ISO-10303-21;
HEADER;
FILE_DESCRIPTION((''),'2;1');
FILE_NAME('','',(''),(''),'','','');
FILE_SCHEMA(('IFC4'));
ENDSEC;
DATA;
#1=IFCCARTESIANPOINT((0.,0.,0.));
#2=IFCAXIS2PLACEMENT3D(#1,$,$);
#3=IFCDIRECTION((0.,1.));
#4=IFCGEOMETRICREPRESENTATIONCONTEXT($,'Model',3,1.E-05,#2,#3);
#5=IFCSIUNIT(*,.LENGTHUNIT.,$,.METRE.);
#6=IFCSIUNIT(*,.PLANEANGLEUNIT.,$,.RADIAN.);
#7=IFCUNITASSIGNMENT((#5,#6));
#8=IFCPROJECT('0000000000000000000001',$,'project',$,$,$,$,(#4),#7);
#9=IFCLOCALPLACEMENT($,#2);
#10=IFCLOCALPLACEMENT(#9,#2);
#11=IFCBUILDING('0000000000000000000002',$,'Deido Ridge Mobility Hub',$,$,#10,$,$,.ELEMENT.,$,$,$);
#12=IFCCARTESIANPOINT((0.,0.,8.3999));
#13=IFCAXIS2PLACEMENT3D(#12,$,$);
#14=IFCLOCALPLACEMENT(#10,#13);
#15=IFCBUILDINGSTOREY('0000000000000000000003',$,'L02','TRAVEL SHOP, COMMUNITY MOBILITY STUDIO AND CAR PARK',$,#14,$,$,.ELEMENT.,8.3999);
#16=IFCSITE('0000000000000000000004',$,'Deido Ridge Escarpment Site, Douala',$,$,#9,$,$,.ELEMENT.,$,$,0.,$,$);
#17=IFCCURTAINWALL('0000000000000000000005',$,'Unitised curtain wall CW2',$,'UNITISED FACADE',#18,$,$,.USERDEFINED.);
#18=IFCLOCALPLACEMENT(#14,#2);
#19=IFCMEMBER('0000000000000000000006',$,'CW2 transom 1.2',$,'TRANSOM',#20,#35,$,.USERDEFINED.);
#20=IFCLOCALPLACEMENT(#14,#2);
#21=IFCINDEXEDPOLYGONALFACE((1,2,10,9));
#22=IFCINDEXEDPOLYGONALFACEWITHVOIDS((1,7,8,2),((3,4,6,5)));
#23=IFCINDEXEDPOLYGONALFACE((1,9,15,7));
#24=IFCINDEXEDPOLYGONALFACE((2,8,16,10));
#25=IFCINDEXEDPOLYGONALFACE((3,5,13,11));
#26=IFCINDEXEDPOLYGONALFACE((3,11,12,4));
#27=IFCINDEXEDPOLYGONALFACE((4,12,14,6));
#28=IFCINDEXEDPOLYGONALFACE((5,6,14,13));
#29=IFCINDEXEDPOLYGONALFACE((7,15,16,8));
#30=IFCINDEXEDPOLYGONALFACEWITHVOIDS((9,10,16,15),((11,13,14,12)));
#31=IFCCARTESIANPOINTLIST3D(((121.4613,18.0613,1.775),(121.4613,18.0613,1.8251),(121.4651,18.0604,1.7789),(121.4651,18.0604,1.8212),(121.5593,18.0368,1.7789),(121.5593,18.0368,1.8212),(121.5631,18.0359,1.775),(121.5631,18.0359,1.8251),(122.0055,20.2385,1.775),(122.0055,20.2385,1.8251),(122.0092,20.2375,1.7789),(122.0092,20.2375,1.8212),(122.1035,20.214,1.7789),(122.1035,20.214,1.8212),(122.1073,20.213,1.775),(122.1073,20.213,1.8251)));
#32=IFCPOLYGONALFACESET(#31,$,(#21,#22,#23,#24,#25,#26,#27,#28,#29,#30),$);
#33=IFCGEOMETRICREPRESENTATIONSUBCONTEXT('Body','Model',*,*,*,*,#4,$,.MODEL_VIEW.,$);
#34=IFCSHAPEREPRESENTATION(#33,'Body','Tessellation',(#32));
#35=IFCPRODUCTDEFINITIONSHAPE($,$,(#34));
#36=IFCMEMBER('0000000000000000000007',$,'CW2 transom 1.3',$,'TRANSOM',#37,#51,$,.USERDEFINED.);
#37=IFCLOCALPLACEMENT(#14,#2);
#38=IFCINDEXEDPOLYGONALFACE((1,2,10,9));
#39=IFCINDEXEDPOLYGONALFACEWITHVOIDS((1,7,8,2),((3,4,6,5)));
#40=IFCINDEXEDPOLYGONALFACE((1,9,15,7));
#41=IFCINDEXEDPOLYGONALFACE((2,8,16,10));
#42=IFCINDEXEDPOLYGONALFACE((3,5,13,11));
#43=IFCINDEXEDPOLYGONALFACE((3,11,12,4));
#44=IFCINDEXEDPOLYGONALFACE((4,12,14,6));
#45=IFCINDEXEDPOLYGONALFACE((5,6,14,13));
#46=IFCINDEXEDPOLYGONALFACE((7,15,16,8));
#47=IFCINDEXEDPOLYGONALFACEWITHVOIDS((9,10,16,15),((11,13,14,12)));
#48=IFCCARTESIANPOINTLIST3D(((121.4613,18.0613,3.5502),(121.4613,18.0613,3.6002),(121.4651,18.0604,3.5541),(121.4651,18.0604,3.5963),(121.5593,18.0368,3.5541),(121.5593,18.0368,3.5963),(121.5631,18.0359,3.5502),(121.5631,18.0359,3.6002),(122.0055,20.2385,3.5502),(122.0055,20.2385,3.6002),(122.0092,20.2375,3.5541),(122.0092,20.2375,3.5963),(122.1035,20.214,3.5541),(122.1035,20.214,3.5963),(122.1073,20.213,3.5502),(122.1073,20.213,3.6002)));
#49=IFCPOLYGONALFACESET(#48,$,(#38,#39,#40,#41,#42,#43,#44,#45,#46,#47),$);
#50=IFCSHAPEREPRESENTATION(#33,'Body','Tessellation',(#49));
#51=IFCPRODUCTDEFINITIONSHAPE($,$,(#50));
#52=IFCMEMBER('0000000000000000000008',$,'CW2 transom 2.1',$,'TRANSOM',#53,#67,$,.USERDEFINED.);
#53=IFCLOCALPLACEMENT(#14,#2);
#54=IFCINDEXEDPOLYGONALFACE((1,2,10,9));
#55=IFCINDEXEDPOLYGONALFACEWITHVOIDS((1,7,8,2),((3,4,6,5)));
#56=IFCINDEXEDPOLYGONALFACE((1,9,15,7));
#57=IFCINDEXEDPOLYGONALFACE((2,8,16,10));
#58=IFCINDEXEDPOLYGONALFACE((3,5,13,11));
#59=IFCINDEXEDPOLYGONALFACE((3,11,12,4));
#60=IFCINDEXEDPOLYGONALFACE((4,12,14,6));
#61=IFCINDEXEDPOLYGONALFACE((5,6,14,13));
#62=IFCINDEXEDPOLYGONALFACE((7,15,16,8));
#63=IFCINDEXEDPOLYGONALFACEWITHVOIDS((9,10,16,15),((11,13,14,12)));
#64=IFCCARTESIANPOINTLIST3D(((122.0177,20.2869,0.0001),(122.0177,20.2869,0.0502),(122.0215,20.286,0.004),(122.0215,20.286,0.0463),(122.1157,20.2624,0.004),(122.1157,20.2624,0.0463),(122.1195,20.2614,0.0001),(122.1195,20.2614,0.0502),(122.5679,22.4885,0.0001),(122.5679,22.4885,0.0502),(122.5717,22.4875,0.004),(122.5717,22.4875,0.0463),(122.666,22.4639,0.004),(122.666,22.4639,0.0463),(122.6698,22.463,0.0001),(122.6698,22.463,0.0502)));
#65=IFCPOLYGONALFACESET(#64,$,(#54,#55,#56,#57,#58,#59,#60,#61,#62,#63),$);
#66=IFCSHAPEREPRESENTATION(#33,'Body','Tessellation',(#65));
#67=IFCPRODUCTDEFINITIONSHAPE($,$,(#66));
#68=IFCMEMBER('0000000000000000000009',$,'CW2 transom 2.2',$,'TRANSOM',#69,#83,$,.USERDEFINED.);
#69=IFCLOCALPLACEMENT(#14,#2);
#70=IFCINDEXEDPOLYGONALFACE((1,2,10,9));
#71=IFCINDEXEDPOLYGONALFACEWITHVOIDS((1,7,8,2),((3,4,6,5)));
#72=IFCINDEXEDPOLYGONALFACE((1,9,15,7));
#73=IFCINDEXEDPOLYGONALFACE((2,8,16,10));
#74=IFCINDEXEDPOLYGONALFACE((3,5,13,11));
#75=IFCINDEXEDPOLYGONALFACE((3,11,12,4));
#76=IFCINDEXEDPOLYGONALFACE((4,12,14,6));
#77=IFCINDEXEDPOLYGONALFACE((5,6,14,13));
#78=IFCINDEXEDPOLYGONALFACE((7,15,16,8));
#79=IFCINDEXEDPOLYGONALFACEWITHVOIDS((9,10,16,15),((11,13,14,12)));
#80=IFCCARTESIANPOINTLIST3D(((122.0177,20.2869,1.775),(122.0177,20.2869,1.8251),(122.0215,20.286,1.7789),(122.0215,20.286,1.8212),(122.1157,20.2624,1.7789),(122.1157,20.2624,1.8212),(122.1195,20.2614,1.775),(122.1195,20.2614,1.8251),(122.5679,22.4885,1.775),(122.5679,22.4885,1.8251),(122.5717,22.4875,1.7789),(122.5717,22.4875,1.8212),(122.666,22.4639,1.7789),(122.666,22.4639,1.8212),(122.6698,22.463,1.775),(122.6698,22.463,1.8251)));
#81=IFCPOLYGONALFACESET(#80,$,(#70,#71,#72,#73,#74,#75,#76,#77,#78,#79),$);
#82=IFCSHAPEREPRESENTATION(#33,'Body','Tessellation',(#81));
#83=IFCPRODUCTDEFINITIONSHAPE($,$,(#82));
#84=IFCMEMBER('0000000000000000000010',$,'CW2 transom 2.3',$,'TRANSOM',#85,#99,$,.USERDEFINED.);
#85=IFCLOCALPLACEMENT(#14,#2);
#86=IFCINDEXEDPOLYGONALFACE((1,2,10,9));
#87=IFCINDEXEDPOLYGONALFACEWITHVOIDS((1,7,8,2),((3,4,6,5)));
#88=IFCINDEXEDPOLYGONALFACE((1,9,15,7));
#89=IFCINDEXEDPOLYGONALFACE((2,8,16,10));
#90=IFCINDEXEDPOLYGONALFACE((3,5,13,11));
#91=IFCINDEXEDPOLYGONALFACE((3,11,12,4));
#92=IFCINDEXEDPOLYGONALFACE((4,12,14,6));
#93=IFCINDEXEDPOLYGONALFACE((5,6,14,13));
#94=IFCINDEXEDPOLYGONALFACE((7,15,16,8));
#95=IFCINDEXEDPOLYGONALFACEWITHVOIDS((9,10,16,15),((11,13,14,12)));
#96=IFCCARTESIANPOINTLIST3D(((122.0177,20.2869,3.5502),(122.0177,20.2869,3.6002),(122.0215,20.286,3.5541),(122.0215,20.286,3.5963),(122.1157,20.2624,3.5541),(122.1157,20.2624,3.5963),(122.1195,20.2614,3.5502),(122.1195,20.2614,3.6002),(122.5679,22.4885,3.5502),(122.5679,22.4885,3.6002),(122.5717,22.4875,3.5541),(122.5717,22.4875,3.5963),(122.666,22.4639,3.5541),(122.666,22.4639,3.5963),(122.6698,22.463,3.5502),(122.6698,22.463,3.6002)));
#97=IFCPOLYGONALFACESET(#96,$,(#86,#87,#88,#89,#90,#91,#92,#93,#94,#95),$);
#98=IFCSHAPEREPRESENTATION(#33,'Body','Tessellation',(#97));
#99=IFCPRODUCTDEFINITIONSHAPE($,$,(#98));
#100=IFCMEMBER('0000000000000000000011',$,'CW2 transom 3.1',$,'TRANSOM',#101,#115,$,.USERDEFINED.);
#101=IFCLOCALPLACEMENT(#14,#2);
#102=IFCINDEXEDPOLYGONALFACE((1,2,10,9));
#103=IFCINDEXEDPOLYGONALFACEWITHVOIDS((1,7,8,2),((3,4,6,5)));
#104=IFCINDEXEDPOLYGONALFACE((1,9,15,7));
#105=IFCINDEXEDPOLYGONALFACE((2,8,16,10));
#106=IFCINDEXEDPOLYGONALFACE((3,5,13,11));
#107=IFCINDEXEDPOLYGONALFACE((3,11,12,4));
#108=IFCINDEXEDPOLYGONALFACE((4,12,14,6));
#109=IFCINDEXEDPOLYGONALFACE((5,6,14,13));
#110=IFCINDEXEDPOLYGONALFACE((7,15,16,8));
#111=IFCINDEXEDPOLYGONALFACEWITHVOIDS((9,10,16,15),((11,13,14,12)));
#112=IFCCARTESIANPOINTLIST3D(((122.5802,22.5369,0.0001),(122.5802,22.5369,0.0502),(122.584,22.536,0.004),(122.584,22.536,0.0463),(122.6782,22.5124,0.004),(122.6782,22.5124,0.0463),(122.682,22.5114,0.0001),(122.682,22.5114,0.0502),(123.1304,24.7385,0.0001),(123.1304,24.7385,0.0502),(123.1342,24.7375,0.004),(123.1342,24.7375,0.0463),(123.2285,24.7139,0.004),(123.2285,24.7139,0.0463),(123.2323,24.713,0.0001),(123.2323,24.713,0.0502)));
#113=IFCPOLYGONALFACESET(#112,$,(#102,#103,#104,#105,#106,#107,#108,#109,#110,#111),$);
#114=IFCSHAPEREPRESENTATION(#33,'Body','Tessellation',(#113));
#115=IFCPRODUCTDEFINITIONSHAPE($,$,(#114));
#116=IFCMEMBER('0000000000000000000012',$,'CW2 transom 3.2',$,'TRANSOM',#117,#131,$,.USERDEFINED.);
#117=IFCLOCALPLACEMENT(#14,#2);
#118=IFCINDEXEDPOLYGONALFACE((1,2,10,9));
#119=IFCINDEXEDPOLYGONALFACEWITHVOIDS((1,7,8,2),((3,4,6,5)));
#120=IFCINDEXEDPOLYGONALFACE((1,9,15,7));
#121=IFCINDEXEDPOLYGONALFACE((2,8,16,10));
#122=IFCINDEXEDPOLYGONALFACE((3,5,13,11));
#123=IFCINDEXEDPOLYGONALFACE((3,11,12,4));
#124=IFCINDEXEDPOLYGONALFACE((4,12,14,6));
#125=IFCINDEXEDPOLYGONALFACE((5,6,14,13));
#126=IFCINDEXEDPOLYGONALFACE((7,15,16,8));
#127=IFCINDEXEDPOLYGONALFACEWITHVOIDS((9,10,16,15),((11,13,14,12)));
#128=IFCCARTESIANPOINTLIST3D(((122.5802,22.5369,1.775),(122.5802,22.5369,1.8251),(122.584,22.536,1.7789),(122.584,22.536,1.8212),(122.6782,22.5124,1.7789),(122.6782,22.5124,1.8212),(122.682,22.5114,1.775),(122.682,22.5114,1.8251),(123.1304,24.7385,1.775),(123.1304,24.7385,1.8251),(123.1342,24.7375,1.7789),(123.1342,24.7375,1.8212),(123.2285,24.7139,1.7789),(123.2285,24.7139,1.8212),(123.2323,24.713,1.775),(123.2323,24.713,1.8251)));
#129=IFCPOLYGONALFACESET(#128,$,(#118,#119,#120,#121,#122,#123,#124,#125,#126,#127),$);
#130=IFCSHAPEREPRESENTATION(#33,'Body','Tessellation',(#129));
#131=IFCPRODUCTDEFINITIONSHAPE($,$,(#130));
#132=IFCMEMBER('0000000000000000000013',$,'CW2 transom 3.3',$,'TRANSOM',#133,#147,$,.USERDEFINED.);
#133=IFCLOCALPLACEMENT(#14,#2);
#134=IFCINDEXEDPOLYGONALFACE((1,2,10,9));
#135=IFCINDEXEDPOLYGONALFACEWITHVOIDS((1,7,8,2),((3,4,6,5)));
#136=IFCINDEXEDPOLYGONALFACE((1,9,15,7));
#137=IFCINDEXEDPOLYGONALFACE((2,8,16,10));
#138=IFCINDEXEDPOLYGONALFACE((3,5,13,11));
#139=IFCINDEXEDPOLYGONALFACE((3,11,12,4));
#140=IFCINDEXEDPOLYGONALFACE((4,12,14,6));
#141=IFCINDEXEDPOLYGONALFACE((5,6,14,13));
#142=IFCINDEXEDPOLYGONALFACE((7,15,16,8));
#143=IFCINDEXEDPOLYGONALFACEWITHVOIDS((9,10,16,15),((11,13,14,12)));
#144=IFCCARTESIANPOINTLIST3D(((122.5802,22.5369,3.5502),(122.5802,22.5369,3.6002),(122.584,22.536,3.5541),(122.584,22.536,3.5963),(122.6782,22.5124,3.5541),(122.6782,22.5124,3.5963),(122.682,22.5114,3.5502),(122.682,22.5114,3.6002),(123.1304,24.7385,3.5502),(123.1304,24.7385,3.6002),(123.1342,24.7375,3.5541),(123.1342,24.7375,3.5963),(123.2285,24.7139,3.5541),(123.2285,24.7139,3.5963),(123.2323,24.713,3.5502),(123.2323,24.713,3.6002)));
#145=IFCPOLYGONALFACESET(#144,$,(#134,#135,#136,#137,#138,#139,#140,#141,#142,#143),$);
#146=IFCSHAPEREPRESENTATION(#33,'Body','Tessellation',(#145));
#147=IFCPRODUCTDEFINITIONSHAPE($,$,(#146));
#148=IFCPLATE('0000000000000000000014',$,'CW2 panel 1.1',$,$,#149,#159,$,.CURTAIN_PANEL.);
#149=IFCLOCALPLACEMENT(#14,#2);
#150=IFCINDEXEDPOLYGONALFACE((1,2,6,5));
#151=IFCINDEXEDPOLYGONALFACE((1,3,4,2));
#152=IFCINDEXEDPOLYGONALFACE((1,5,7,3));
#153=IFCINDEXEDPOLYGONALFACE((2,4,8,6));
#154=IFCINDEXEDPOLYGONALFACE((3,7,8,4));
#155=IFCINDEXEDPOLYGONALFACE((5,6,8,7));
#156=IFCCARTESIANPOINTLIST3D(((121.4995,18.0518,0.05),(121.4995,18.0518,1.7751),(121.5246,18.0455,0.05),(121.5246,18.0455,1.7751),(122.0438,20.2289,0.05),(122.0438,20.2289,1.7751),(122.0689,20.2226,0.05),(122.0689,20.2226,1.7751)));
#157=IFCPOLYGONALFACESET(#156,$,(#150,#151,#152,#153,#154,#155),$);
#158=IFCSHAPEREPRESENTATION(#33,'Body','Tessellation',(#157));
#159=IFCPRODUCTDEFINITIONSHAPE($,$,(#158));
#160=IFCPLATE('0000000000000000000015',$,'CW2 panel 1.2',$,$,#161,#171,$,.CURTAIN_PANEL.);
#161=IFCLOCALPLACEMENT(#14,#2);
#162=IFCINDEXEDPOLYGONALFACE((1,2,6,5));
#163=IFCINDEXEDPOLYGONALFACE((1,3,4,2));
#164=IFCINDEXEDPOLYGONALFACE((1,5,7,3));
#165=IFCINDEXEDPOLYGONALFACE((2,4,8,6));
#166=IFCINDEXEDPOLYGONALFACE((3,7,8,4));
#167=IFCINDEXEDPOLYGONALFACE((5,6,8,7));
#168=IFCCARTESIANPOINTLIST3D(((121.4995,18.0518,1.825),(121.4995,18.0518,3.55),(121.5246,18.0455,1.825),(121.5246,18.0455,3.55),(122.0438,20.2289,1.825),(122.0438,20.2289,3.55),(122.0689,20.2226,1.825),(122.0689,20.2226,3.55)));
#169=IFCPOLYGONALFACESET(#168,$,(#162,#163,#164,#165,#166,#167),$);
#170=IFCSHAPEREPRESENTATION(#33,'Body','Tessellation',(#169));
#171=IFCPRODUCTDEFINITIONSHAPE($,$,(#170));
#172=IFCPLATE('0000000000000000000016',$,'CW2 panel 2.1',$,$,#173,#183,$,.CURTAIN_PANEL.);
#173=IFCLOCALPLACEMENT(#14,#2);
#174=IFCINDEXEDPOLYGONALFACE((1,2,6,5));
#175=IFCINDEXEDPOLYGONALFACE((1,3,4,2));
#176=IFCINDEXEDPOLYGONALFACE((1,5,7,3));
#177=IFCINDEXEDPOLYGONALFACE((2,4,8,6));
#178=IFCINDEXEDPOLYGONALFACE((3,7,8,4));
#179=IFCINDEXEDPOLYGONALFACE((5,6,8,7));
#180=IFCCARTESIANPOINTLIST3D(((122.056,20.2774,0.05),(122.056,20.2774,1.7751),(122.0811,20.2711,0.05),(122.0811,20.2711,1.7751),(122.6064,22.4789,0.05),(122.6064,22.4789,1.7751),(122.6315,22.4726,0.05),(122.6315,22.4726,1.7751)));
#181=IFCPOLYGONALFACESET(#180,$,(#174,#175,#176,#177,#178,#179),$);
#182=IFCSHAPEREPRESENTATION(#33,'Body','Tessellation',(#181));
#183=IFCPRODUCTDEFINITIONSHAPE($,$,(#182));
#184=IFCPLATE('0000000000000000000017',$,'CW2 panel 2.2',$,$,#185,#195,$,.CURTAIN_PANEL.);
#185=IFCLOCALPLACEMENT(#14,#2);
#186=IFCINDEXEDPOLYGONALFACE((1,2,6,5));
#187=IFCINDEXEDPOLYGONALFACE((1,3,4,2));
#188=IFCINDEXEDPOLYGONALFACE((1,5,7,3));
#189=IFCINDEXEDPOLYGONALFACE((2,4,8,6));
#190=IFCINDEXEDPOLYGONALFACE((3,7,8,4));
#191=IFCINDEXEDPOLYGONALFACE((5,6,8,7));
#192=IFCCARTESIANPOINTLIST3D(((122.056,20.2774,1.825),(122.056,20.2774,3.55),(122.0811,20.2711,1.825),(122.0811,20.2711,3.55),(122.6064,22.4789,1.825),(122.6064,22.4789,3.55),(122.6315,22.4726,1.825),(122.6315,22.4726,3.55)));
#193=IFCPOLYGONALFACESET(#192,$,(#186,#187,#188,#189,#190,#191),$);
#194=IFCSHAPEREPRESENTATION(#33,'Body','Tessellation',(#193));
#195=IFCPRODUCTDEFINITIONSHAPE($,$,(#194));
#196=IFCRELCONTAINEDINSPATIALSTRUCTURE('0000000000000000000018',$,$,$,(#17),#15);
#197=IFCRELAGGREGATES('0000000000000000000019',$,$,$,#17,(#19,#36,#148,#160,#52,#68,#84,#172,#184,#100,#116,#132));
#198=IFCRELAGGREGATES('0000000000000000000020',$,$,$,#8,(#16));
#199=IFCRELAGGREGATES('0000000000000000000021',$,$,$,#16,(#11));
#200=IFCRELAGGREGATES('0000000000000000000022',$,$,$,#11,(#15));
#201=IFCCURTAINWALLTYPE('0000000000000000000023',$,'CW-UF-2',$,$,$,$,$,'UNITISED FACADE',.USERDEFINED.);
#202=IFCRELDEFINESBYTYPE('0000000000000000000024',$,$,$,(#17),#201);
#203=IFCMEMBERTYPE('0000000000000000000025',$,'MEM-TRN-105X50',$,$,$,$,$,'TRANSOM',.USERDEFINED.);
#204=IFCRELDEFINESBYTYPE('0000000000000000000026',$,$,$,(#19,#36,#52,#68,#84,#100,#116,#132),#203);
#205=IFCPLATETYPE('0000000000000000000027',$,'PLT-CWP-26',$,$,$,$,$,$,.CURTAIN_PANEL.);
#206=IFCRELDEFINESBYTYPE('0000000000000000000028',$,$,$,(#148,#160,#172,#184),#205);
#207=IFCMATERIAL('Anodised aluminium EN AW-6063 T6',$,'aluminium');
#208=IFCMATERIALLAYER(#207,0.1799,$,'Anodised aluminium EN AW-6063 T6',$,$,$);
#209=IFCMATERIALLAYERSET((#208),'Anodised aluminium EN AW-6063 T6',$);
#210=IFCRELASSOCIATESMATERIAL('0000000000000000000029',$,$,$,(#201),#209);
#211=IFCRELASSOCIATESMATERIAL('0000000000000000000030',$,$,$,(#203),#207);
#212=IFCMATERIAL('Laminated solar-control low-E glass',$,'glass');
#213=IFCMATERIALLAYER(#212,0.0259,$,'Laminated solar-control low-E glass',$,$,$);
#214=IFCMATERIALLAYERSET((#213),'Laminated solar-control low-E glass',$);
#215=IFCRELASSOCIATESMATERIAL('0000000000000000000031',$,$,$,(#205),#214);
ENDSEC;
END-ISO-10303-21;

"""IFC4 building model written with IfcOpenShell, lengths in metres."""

from ifc_helpers import new_model, si_unit, direction, frame, origin, origin_2d, place, context, subcontext, project, spatial, rectangle, hollow_rectangle, extrude, material, layer, layer_set, material_profile, profile_set, type_object, element, aggregate, save


model = new_model("IFC4")

# Units and contexts
model_context = context("Model", 3, precision=1e-05, world=origin(), true_north=direction((0.0, 1.0)))
body_context = subcontext(model_context, "Body", "Model", "MODEL_VIEW")
ifc_project = project(units=[si_unit("LENGTHUNIT", "METRE"), si_unit("PLANEANGLEUNIT", "RADIAN")], contexts=[model_context])

# Site, building, storey
site_placement = place(None, origin())
site = spatial("IfcSite", under=ifc_project, at=site_placement, Name="Deido Ridge Escarpment Site, Douala", CompositionType="ELEMENT", RefElevation=0.0)
building_placement = place(site_placement, origin())
building = spatial("IfcBuilding", under=site, at=building_placement, Name="Deido Ridge Mobility Hub", CompositionType="ELEMENT")
storey_placement = place(building_placement, frame((0.0, 0.0, 8.3999)))
storey = spatial("IfcBuildingStorey", under=building, at=storey_placement, Name="L02", Description="TRAVEL SHOP, COMMUNITY MOBILITY STUDIO AND CAR PARK", CompositionType="ELEMENT", Elevation=8.3999)

# Curtain wall, members, plates
ifc_material_1 = material(Name="Anodised aluminium EN AW-6063 T6", Category="aluminium")
ifc_layer_1 = layer(ifc_material_1, 0.1799, Name="Anodised aluminium EN AW-6063 T6")
ifc_layer_set_1 = layer_set([ifc_layer_1], Name="Anodised aluminium EN AW-6063 T6")
curtain_wall_type = type_object("IfcCurtainWallType", Name="CW-UF-2", ElementType="UNITISED FACADE", PredefinedType="USERDEFINED", material=ifc_layer_set_1)
curtain_wall_placement = place(storey_placement, origin())
curtain_wall = element("IfcCurtainWall", 1, at=curtain_wall_placement, inside=storey, type_object=curtain_wall_type, Name="Unitised curtain wall CW2", ObjectType="UNITISED FACADE", PredefinedType="USERDEFINED")
ifc_material_profile_1 = material_profile(ifc_material_1, hollow_rectangle(XDim=0.105, YDim=0.05, WallThickness=0.0039, at=origin_2d()), Name="RHS 105x50x4")
ifc_profile_set_1 = profile_set([ifc_material_profile_1], Name="Anodised aluminium EN AW-6063 T6")
member_type_1 = type_object("IfcMemberType", Name="MEM-TRN-105X50", ElementType="TRANSOM", PredefinedType="USERDEFINED", material=ifc_profile_set_1)
member_1_placement = place(storey_placement, frame((121.5122, 18.0486, 1.8), z_axis=(0.242484, 0.970155, 0.0), x_axis=(-0.970155, 0.242484, 0.0)))
member_1 = element("IfcMember", 2, at=member_1_placement, type_object=member_type_1, Name="CW2 transom 1.2", ObjectType="TRANSOM", PredefinedType="USERDEFINED", context=body_context, shape_type="SweptSolid", body=[
    extrude(hollow_rectangle(XDim=0.105, YDim=0.05, WallThickness=0.0039, at=origin_2d()), origin(), (0.0, 0.0, 1.0), 2.2441),
])
member_2_placement = place(storey_placement, frame((121.5122, 18.0486, 3.5752), z_axis=(0.242484, 0.970155, 0.0), x_axis=(-0.970155, 0.242484, 0.0)))
member_2 = element("IfcMember", 3, at=member_2_placement, type_object=member_type_1, Name="CW2 transom 1.3", ObjectType="TRANSOM", PredefinedType="USERDEFINED", context=body_context, shape_type="SweptSolid", body=[
    extrude(hollow_rectangle(XDim=0.105, YDim=0.05, WallThickness=0.0039, at=origin_2d()), origin(), (0.0, 0.0, 1.0), 2.2441),
])
member_3_placement = place(storey_placement, frame((122.0686, 20.2742, 0.0251), z_axis=(0.242485, 0.970155, 0.0), x_axis=(-0.970155, 0.242485, 0.0)))
member_3 = element("IfcMember", 4, at=member_3_placement, type_object=member_type_1, Name="CW2 transom 2.1", ObjectType="TRANSOM", PredefinedType="USERDEFINED", context=body_context, shape_type="SweptSolid", body=[
    extrude(hollow_rectangle(XDim=0.105, YDim=0.05, WallThickness=0.0039, at=origin_2d()), origin(), (0.0, 0.0, 1.0), 2.2693),
])
member_4_placement = place(storey_placement, frame((122.0686, 20.2742, 1.8), z_axis=(0.242485, 0.970155, 0.0), x_axis=(-0.970155, 0.242485, 0.0)))
member_4 = element("IfcMember", 5, at=member_4_placement, type_object=member_type_1, Name="CW2 transom 2.2", ObjectType="TRANSOM", PredefinedType="USERDEFINED", context=body_context, shape_type="SweptSolid", body=[
    extrude(hollow_rectangle(XDim=0.105, YDim=0.05, WallThickness=0.0039, at=origin_2d()), origin(), (0.0, 0.0, 1.0), 2.2693),
])
member_5_placement = place(storey_placement, frame((122.0686, 20.2742, 3.5752), z_axis=(0.242485, 0.970155, 0.0), x_axis=(-0.970155, 0.242485, 0.0)))
member_5 = element("IfcMember", 6, at=member_5_placement, type_object=member_type_1, Name="CW2 transom 2.3", ObjectType="TRANSOM", PredefinedType="USERDEFINED", context=body_context, shape_type="SweptSolid", body=[
    extrude(hollow_rectangle(XDim=0.105, YDim=0.05, WallThickness=0.0039, at=origin_2d()), origin(), (0.0, 0.0, 1.0), 2.2693),
])
member_6_placement = place(storey_placement, frame((122.6311, 22.5242, 0.0251), z_axis=(0.242485, 0.970155, 0.0), x_axis=(-0.970155, 0.242485, 0.0)))
member_6 = element("IfcMember", 7, at=member_6_placement, type_object=member_type_1, Name="CW2 transom 3.1", ObjectType="TRANSOM", PredefinedType="USERDEFINED", context=body_context, shape_type="SweptSolid", body=[
    extrude(hollow_rectangle(XDim=0.105, YDim=0.05, WallThickness=0.0039, at=origin_2d()), origin(), (0.0, 0.0, 1.0), 2.2693),
])
member_7_placement = place(storey_placement, frame((122.6311, 22.5242, 1.8), z_axis=(0.242485, 0.970155, 0.0), x_axis=(-0.970155, 0.242485, 0.0)))
member_7 = element("IfcMember", 8, at=member_7_placement, type_object=member_type_1, Name="CW2 transom 3.2", ObjectType="TRANSOM", PredefinedType="USERDEFINED", context=body_context, shape_type="SweptSolid", body=[
    extrude(hollow_rectangle(XDim=0.105, YDim=0.05, WallThickness=0.0039, at=origin_2d()), origin(), (0.0, 0.0, 1.0), 2.2693),
])
member_8_placement = place(storey_placement, frame((122.6311, 22.5242, 3.5752), z_axis=(0.242485, 0.970155, 0.0), x_axis=(-0.970155, 0.242485, 0.0)))
member_8 = element("IfcMember", 9, at=member_8_placement, type_object=member_type_1, Name="CW2 transom 3.3", ObjectType="TRANSOM", PredefinedType="USERDEFINED", context=body_context, shape_type="SweptSolid", body=[
    extrude(hollow_rectangle(XDim=0.105, YDim=0.05, WallThickness=0.0039, at=origin_2d()), origin(), (0.0, 0.0, 1.0), 2.2693),
])
ifc_material_2 = material(Name="Laminated solar-control low-E glass", Category="glass")
ifc_layer_2 = layer(ifc_material_2, 0.0259, Name="Laminated solar-control low-E glass")
ifc_layer_set_2 = layer_set([ifc_layer_2], Name="Laminated solar-control low-E glass")
plate_type = type_object("IfcPlateType", Name="PLT-CWP-26", PredefinedType="CURTAIN_PANEL", material=ifc_layer_set_2)
plate_1_placement = place(storey_placement, frame((121.7842, 19.1372, 0.05), z_axis=(0.0, 0.0, 1.0), x_axis=(0.242536, 0.970143, 0.0)))
plate_1 = element("IfcPlate", 10, at=plate_1_placement, type_object=plate_type, Name="CW2 panel 1.1", PredefinedType="CURTAIN_PANEL", context=body_context, shape_type="SweptSolid", body=[
    extrude(rectangle(XDim=2.2441, YDim=0.0259, at=origin_2d()), origin(), (0.0, 0.0, 1.0), 1.7251),
])
plate_2_placement = place(storey_placement, frame((121.7842, 19.1372, 1.825), z_axis=(0.0, 0.0, 1.0), x_axis=(0.242536, 0.970143, 0.0)))
plate_2 = element("IfcPlate", 11, at=plate_2_placement, type_object=plate_type, Name="CW2 panel 1.2", PredefinedType="CURTAIN_PANEL", context=body_context, shape_type="SweptSolid", body=[
    extrude(rectangle(XDim=2.2441, YDim=0.0259, at=origin_2d()), origin(), (0.0, 0.0, 1.0), 1.7251),
])
plate_3_placement = place(storey_placement, frame((122.3438, 21.375, 0.05), z_axis=(0.0, 0.0, 1.0), x_axis=(0.242536, 0.970143, 0.0)))
plate_3 = element("IfcPlate", 12, at=plate_3_placement, type_object=plate_type, Name="CW2 panel 2.1", PredefinedType="CURTAIN_PANEL", context=body_context, shape_type="SweptSolid", body=[
    extrude(rectangle(XDim=2.2693, YDim=0.0259, at=origin_2d()), origin(), (0.0, 0.0, 1.0), 1.7251),
])
plate_4_placement = place(storey_placement, frame((122.3438, 21.375, 1.825), z_axis=(0.0, 0.0, 1.0), x_axis=(0.242536, 0.970143, 0.0)))
plate_4 = element("IfcPlate", 13, at=plate_4_placement, type_object=plate_type, Name="CW2 panel 2.2", PredefinedType="CURTAIN_PANEL", context=body_context, shape_type="SweptSolid", body=[
    extrude(rectangle(XDim=2.2693, YDim=0.0259, at=origin_2d()), origin(), (0.0, 0.0, 1.0), 1.7251),
])
aggregate(curtain_wall, [member_1, member_2, plate_1, plate_2, member_3, member_4, member_5, plate_3, plate_4, member_6, member_7, member_8])

save(model, "model.ifc")
